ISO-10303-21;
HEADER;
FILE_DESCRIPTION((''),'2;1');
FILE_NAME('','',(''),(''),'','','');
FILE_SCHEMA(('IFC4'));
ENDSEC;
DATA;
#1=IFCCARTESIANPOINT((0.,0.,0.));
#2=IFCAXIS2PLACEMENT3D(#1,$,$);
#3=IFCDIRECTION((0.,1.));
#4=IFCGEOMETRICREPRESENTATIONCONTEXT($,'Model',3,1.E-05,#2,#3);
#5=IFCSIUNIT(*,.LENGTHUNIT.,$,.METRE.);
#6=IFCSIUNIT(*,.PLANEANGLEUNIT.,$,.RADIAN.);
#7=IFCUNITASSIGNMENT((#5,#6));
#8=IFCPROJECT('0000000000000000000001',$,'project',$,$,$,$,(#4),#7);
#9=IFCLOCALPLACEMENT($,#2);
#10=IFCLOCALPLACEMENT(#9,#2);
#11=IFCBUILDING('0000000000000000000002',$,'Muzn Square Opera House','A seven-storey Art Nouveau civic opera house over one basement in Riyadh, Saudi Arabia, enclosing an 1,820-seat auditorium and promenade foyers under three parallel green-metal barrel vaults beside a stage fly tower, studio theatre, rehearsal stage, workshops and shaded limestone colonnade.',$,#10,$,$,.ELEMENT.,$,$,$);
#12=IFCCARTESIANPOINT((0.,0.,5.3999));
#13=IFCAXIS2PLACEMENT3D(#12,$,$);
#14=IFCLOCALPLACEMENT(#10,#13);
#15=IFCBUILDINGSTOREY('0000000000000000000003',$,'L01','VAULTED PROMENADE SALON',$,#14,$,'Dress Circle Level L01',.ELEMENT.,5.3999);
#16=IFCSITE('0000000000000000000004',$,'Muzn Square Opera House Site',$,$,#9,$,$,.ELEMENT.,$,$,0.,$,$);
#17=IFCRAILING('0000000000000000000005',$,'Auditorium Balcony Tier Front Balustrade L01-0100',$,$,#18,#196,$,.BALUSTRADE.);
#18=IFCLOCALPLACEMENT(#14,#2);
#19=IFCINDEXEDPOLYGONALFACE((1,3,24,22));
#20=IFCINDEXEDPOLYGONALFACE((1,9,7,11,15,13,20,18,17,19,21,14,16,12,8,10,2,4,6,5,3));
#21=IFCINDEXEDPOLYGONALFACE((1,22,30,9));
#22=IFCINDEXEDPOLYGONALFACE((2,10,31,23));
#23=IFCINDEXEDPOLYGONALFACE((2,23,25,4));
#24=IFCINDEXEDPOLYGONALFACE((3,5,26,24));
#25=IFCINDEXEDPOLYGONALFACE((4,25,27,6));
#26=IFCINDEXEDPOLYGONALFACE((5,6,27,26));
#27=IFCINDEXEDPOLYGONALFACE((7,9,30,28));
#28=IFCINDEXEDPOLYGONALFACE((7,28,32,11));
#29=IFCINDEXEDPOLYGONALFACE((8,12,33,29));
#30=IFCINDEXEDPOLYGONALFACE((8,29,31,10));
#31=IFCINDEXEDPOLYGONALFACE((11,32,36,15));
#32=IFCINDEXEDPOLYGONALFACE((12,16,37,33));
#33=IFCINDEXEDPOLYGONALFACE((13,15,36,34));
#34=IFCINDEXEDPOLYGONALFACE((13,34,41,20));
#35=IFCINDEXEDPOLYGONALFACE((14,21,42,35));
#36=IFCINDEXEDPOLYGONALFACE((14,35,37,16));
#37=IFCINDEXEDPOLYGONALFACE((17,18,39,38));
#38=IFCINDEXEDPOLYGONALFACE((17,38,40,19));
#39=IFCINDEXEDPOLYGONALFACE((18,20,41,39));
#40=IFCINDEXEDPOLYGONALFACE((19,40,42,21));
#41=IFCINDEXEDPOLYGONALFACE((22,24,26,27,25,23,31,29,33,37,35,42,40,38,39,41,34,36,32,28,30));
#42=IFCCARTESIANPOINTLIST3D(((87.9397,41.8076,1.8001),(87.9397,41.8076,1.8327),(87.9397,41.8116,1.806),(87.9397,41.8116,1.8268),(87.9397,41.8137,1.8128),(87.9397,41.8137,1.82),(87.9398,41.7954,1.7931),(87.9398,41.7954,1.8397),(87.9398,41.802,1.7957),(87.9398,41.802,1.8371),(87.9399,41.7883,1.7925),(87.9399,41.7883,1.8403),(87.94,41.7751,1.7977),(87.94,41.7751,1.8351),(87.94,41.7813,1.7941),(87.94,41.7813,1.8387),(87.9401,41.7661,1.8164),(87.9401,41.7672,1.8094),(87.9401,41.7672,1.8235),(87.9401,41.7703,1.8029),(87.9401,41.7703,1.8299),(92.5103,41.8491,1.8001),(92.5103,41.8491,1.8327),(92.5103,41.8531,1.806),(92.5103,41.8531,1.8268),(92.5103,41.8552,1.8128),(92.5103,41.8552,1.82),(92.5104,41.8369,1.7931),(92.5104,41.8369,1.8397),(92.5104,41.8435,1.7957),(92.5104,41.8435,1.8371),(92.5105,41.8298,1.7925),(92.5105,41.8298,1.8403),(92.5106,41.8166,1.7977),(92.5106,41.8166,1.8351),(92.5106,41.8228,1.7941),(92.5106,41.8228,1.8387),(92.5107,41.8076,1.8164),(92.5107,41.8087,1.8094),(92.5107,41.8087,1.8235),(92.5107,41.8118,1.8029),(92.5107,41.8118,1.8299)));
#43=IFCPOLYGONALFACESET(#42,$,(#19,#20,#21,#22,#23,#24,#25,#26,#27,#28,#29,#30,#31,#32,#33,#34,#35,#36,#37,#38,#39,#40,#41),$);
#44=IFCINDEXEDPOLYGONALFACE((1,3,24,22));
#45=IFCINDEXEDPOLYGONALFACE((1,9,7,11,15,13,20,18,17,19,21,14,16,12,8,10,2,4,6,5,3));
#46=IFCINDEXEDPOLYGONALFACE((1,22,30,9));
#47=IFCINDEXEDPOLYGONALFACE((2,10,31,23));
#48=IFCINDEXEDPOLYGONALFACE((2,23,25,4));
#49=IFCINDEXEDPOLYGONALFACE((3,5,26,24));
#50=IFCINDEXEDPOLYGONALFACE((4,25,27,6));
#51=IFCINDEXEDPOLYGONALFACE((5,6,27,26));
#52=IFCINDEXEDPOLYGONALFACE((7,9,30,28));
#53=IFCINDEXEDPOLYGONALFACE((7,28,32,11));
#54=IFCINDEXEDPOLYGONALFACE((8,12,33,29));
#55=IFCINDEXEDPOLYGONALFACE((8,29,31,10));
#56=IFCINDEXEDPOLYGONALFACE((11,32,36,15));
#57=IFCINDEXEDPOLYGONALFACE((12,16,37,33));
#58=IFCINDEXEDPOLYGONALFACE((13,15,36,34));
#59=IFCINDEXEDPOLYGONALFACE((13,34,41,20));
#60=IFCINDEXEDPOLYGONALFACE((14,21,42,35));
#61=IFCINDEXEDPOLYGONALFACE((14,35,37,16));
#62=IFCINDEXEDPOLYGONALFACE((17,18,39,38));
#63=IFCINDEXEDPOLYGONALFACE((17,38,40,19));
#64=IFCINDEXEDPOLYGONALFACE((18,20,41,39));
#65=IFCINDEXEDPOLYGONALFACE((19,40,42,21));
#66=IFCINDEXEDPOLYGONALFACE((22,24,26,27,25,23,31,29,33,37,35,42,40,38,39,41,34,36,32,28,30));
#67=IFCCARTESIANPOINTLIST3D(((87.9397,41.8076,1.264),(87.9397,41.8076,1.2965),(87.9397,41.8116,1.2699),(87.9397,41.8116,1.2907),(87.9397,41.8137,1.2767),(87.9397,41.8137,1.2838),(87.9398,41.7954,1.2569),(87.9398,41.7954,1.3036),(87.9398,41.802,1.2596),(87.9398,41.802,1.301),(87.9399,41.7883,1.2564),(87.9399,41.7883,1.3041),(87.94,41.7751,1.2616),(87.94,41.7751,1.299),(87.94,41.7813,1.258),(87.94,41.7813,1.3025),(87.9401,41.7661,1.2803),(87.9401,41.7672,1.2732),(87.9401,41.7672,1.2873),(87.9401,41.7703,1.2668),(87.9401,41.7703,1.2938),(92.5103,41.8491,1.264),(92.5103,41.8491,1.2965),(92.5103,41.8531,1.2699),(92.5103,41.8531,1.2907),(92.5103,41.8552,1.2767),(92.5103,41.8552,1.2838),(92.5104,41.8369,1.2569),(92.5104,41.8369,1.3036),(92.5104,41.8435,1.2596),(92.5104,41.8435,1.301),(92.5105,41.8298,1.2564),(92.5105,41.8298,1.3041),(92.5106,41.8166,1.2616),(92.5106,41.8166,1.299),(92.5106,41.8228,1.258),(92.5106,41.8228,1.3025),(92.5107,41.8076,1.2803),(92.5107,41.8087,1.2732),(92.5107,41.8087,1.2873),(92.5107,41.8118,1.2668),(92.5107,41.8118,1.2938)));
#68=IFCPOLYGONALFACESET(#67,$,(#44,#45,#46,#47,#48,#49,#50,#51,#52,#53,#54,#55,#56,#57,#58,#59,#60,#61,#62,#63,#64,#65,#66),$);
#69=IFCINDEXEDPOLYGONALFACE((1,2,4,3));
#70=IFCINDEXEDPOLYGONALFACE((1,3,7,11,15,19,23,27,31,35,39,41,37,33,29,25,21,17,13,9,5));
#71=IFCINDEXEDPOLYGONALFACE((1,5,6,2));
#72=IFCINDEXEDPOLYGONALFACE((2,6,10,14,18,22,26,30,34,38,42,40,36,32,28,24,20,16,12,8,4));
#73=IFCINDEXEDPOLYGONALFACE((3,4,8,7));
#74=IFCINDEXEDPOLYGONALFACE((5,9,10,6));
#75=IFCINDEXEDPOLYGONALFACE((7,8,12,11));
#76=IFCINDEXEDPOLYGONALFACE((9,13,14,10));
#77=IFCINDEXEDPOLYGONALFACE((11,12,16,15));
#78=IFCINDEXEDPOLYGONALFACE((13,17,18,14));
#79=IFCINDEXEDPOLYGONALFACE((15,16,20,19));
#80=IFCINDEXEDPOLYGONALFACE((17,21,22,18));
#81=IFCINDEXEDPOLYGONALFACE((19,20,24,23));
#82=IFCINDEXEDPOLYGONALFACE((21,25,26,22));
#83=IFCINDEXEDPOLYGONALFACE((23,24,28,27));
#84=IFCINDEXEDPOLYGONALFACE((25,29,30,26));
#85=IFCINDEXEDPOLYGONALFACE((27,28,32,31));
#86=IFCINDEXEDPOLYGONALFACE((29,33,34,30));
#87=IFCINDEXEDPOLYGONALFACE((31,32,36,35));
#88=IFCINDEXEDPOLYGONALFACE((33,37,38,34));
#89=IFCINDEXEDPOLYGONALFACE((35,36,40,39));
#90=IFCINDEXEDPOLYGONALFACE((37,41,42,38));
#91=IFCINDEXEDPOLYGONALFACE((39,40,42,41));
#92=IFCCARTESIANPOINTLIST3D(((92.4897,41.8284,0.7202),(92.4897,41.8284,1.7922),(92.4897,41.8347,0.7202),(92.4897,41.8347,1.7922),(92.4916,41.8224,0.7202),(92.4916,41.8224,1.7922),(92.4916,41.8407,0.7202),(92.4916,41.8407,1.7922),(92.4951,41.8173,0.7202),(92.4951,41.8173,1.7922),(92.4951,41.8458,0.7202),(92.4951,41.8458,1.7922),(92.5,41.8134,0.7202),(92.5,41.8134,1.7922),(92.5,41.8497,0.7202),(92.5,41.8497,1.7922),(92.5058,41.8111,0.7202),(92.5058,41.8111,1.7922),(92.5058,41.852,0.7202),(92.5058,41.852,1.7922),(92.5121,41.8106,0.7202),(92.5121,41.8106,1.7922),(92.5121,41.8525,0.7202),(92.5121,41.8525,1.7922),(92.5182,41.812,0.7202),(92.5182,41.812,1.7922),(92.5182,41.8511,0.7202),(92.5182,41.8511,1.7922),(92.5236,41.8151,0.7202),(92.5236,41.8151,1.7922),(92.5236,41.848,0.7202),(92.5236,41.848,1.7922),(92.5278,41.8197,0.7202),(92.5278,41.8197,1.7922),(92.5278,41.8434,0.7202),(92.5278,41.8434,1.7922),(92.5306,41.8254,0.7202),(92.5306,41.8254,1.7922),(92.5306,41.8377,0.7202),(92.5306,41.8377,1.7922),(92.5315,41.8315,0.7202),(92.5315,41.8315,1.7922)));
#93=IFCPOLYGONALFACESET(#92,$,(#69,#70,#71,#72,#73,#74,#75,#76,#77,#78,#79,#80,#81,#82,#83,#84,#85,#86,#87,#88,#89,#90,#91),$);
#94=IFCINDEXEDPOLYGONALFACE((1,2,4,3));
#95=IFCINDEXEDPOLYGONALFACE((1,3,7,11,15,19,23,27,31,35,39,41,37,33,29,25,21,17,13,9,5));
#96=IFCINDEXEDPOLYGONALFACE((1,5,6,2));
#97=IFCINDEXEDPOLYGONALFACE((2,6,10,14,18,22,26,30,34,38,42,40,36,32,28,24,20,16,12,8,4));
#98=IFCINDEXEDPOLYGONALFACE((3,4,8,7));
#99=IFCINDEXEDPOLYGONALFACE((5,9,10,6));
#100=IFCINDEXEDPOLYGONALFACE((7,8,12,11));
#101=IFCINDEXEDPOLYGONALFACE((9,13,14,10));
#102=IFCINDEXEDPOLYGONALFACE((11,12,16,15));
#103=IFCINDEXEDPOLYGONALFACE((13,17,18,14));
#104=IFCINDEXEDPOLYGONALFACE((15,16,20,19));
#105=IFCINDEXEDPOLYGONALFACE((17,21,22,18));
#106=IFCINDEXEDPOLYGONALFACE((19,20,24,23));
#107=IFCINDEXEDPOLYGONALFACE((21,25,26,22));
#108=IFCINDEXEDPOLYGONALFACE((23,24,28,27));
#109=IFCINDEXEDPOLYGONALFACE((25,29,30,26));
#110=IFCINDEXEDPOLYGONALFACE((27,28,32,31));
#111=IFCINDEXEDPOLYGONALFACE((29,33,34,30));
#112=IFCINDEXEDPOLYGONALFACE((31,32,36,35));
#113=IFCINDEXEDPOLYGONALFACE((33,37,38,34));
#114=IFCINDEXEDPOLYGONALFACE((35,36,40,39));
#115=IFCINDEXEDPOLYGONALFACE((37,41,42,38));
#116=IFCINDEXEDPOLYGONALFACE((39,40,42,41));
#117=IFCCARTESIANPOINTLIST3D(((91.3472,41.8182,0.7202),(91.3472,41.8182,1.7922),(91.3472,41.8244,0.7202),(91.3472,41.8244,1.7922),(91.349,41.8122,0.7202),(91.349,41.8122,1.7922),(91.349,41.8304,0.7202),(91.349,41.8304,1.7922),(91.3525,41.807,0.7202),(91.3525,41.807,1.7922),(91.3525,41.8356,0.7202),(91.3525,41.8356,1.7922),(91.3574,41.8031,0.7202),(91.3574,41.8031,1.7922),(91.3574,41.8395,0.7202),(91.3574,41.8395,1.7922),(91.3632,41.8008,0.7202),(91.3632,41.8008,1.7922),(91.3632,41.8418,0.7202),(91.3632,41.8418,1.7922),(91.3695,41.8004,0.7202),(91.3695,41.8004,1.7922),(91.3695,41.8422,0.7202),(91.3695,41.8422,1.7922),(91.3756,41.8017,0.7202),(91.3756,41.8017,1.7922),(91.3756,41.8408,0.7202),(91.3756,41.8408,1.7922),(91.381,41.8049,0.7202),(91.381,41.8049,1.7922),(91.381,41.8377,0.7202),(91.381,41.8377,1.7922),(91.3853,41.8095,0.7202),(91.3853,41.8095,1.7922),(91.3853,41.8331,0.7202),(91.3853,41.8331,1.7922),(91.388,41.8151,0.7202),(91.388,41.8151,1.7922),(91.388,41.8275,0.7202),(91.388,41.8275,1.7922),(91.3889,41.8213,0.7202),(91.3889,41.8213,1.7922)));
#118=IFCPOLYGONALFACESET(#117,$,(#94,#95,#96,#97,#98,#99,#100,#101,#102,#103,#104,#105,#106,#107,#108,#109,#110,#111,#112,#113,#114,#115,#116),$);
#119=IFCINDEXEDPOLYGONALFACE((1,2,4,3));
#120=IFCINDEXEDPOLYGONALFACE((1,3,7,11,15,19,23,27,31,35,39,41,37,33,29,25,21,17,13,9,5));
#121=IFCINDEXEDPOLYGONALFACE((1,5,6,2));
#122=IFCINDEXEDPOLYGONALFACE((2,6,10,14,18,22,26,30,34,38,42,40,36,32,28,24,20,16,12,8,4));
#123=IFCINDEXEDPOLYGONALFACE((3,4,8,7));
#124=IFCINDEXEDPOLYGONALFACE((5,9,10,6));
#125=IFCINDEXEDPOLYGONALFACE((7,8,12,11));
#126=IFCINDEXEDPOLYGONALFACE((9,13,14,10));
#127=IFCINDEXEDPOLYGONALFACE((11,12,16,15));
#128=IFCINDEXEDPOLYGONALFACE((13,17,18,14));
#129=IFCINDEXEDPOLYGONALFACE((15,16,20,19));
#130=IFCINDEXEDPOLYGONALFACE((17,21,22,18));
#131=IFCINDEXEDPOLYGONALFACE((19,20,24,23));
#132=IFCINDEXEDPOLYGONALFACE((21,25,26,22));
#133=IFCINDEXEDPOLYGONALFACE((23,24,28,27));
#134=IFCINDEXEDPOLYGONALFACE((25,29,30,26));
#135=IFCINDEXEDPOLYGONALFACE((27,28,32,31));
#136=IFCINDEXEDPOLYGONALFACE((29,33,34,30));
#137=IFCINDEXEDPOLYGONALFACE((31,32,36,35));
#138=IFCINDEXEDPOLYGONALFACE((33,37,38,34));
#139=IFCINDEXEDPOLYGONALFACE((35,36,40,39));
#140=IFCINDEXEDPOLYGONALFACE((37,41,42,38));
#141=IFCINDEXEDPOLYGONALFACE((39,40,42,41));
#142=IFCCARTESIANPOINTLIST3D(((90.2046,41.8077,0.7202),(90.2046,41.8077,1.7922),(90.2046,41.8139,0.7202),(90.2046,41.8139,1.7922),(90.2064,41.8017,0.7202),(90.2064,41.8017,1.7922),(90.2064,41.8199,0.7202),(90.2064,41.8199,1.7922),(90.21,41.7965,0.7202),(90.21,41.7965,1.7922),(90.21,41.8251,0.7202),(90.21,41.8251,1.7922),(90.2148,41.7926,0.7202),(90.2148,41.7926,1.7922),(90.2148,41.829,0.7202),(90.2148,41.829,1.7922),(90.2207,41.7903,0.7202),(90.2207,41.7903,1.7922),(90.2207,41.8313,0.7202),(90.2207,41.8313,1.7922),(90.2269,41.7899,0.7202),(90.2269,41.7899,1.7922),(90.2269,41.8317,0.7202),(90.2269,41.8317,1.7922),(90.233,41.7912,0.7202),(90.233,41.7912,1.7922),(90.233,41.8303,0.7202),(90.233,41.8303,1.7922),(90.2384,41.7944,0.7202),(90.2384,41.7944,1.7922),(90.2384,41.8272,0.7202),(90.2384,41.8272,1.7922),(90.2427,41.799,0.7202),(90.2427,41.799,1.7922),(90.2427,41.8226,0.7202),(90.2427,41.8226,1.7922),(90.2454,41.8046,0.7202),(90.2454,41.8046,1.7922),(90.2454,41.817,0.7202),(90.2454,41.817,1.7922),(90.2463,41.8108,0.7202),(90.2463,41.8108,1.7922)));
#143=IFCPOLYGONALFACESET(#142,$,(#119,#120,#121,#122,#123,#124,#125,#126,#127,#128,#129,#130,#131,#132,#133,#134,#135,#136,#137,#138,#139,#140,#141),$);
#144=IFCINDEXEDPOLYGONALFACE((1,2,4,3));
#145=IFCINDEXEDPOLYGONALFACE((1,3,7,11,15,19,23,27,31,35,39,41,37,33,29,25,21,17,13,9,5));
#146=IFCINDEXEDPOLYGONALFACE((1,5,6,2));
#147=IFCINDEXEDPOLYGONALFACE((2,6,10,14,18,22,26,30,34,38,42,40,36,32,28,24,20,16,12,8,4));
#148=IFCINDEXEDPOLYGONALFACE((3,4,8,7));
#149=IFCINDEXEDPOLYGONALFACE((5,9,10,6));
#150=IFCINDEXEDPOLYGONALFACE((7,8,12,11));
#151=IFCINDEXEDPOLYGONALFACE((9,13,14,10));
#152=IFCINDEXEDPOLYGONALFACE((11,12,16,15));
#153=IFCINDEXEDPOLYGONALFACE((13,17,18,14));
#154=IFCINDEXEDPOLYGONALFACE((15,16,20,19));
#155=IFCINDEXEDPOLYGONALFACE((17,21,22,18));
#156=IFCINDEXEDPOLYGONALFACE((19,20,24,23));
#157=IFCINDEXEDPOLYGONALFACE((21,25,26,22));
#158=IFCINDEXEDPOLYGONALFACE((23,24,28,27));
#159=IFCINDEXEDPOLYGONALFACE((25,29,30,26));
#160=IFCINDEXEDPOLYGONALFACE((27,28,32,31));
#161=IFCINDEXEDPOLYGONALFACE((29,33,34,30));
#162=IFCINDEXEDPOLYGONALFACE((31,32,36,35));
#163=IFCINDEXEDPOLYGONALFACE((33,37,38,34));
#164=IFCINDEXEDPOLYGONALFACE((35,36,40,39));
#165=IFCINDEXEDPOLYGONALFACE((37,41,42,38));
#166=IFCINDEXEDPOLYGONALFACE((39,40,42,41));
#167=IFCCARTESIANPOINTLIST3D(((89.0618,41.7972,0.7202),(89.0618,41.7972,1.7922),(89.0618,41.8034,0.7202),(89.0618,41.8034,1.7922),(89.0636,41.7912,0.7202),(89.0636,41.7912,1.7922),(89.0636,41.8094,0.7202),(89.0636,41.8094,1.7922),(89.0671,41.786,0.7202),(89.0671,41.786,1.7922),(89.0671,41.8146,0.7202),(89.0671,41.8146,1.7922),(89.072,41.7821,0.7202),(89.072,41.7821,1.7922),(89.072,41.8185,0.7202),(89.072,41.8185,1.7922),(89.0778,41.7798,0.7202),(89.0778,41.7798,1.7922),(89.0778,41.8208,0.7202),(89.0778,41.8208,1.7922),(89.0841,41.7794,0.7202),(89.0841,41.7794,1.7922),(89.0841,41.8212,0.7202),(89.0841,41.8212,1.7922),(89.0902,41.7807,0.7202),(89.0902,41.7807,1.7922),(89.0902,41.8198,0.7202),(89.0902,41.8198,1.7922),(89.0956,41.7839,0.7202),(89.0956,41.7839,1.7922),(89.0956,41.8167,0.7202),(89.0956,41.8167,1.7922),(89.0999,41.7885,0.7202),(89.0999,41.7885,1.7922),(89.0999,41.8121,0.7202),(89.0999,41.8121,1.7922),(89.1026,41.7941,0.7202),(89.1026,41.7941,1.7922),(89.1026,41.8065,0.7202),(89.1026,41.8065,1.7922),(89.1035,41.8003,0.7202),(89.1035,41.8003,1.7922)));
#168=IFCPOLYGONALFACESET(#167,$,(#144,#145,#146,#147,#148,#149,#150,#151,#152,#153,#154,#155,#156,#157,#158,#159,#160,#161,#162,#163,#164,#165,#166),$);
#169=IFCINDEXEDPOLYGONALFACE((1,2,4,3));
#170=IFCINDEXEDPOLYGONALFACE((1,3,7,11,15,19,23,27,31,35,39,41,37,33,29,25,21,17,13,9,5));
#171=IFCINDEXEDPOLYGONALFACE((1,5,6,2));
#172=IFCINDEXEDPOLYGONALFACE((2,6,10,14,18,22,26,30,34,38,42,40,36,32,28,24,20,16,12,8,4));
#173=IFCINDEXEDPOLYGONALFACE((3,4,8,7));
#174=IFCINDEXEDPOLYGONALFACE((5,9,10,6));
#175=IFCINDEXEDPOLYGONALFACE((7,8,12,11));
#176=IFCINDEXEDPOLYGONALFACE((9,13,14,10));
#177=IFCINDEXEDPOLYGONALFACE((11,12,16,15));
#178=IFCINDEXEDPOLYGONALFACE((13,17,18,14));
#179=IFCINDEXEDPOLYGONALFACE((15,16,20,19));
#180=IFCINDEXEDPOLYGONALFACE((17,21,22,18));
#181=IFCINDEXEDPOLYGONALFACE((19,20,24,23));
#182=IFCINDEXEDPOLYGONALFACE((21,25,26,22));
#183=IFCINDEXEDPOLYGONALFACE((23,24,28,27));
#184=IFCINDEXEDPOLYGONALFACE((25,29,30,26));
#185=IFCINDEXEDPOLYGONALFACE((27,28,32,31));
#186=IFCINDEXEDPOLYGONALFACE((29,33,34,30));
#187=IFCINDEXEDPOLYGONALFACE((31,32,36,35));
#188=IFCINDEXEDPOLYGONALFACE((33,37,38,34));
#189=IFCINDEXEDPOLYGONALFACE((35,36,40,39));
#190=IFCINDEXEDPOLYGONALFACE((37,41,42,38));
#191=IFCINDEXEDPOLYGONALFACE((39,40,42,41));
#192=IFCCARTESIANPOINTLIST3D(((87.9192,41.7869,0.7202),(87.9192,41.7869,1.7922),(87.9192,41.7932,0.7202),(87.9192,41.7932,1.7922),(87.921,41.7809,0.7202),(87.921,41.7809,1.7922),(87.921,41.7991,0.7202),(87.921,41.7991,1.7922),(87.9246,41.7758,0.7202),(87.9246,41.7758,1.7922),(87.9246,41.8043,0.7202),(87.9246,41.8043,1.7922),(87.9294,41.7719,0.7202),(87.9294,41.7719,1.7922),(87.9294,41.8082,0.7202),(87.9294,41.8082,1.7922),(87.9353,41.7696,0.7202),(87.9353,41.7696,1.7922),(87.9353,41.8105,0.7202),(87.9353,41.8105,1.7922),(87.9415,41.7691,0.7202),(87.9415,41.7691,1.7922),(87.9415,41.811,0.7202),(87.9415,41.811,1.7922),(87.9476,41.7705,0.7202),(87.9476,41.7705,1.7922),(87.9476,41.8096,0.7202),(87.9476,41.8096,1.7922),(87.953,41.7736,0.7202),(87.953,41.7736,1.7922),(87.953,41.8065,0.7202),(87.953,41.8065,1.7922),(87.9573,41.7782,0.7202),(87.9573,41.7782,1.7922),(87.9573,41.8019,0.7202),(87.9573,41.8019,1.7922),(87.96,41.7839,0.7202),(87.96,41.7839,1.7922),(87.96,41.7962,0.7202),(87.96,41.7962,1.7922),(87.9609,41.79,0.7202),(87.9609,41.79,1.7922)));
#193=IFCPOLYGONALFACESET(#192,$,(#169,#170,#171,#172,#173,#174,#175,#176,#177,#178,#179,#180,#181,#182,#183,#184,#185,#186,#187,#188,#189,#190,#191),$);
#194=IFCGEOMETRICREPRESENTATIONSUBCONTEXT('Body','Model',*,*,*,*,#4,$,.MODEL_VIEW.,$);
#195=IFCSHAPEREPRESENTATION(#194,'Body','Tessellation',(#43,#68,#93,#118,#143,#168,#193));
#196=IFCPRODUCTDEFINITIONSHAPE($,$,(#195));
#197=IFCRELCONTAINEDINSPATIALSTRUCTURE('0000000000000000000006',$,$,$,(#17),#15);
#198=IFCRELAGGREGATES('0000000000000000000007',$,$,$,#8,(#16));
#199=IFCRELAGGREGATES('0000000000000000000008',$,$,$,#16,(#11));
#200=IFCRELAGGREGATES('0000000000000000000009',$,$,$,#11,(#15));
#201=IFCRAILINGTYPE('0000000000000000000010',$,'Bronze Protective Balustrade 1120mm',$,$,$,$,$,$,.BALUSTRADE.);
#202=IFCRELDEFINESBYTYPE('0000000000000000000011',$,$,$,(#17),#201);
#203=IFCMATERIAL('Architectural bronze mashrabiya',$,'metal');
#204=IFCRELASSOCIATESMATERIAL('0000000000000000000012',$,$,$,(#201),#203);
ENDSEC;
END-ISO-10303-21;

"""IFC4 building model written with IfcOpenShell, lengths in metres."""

from ifc_helpers import new_model, si_unit, direction, frame, origin, origin_2d, place, context, subcontext, project, spatial, circle, extrude, material, type_object, element, save


model = new_model("IFC4")

# Units and contexts
model_context = context("Model", 3, precision=1e-05, world=origin(), true_north=direction((0.0, 1.0)))
body_context = subcontext(model_context, "Body", "Model", "MODEL_VIEW")
ifc_project = project(units=[si_unit("LENGTHUNIT", "METRE"), si_unit("PLANEANGLEUNIT", "RADIAN")], contexts=[model_context])

# Site, building, storey
site_placement = place(None, origin())
site = spatial("IfcSite", under=ifc_project, at=site_placement, Name="Muzn Square Opera House Site", CompositionType="ELEMENT", RefElevation=0.0)
building_placement = place(site_placement, origin())
building = spatial("IfcBuilding", under=site, at=building_placement, Name="Muzn Square Opera House", Description="A seven-storey Art Nouveau civic opera house over one basement in Riyadh, Saudi Arabia, enclosing an 1,820-seat auditorium and promenade foyers under three parallel green-metal barrel vaults beside a stage fly tower, studio theatre, rehearsal stage, workshops and shaded limestone colonnade.", CompositionType="ELEMENT")
storey_placement = place(building_placement, frame((0.0, 0.0, 5.3999)))
storey = spatial("IfcBuildingStorey", under=building, at=storey_placement, Name="L01", Description="VAULTED PROMENADE SALON", LongName="Dress Circle Level L01", CompositionType="ELEMENT", Elevation=5.3999)

# Railing
ifc_material_1 = material(Name="Architectural bronze mashrabiya", Category="metal")
railing_type = type_object("IfcRailingType", Name="Bronze Protective Balustrade 1120mm", PredefinedType="BALUSTRADE", material=ifc_material_1)
railing_1_placement = place(storey_placement, frame((92.5105, 41.8315, 0.7202)))
element("IfcRailing", 1, at=railing_1_placement, inside=storey, type_object=railing_type, Name="Auditorium Balcony Tier Front Balustrade L01-0100", PredefinedType="BALUSTRADE", context=body_context, shape_type="SweptSolid", body=[
    extrude(circle(Radius=0.0239, at=origin_2d()), frame((0.0, 0.0, 1.0962), z_axis=(-0.999959, -0.00908, 0.0), x_axis=(0.00908, -0.999959, 0.0)), (0.0, 0.0, 1.0), 4.5708),
    extrude(circle(Radius=0.0239, at=origin_2d()), frame((0.0, 0.0, 0.5601), z_axis=(-0.999959, -0.00908, 0.0), x_axis=(0.00908, -0.999959, 0.0)), (0.0, 0.0, 1.0), 4.5708),
    extrude(circle(Radius=0.021, at=origin_2d()), origin(), (0.0, 0.0, 1.0), 1.072),
    extrude(circle(Radius=0.021, at=origin_2d()), frame((-1.1426, -0.0103, 0.0)), (0.0, 0.0, 1.0), 1.072),
    extrude(circle(Radius=0.021, at=origin_2d()), frame((-2.2852, -0.0208, 0.0)), (0.0, 0.0, 1.0), 1.072),
    extrude(circle(Radius=0.021, at=origin_2d()), frame((-3.428, -0.0312, 0.0)), (0.0, 0.0, 1.0), 1.072),
    extrude(circle(Radius=0.021, at=origin_2d()), frame((-4.5706, -0.0415, 0.0)), (0.0, 0.0, 1.0), 1.072),
])

save(model, "model.ifc")
